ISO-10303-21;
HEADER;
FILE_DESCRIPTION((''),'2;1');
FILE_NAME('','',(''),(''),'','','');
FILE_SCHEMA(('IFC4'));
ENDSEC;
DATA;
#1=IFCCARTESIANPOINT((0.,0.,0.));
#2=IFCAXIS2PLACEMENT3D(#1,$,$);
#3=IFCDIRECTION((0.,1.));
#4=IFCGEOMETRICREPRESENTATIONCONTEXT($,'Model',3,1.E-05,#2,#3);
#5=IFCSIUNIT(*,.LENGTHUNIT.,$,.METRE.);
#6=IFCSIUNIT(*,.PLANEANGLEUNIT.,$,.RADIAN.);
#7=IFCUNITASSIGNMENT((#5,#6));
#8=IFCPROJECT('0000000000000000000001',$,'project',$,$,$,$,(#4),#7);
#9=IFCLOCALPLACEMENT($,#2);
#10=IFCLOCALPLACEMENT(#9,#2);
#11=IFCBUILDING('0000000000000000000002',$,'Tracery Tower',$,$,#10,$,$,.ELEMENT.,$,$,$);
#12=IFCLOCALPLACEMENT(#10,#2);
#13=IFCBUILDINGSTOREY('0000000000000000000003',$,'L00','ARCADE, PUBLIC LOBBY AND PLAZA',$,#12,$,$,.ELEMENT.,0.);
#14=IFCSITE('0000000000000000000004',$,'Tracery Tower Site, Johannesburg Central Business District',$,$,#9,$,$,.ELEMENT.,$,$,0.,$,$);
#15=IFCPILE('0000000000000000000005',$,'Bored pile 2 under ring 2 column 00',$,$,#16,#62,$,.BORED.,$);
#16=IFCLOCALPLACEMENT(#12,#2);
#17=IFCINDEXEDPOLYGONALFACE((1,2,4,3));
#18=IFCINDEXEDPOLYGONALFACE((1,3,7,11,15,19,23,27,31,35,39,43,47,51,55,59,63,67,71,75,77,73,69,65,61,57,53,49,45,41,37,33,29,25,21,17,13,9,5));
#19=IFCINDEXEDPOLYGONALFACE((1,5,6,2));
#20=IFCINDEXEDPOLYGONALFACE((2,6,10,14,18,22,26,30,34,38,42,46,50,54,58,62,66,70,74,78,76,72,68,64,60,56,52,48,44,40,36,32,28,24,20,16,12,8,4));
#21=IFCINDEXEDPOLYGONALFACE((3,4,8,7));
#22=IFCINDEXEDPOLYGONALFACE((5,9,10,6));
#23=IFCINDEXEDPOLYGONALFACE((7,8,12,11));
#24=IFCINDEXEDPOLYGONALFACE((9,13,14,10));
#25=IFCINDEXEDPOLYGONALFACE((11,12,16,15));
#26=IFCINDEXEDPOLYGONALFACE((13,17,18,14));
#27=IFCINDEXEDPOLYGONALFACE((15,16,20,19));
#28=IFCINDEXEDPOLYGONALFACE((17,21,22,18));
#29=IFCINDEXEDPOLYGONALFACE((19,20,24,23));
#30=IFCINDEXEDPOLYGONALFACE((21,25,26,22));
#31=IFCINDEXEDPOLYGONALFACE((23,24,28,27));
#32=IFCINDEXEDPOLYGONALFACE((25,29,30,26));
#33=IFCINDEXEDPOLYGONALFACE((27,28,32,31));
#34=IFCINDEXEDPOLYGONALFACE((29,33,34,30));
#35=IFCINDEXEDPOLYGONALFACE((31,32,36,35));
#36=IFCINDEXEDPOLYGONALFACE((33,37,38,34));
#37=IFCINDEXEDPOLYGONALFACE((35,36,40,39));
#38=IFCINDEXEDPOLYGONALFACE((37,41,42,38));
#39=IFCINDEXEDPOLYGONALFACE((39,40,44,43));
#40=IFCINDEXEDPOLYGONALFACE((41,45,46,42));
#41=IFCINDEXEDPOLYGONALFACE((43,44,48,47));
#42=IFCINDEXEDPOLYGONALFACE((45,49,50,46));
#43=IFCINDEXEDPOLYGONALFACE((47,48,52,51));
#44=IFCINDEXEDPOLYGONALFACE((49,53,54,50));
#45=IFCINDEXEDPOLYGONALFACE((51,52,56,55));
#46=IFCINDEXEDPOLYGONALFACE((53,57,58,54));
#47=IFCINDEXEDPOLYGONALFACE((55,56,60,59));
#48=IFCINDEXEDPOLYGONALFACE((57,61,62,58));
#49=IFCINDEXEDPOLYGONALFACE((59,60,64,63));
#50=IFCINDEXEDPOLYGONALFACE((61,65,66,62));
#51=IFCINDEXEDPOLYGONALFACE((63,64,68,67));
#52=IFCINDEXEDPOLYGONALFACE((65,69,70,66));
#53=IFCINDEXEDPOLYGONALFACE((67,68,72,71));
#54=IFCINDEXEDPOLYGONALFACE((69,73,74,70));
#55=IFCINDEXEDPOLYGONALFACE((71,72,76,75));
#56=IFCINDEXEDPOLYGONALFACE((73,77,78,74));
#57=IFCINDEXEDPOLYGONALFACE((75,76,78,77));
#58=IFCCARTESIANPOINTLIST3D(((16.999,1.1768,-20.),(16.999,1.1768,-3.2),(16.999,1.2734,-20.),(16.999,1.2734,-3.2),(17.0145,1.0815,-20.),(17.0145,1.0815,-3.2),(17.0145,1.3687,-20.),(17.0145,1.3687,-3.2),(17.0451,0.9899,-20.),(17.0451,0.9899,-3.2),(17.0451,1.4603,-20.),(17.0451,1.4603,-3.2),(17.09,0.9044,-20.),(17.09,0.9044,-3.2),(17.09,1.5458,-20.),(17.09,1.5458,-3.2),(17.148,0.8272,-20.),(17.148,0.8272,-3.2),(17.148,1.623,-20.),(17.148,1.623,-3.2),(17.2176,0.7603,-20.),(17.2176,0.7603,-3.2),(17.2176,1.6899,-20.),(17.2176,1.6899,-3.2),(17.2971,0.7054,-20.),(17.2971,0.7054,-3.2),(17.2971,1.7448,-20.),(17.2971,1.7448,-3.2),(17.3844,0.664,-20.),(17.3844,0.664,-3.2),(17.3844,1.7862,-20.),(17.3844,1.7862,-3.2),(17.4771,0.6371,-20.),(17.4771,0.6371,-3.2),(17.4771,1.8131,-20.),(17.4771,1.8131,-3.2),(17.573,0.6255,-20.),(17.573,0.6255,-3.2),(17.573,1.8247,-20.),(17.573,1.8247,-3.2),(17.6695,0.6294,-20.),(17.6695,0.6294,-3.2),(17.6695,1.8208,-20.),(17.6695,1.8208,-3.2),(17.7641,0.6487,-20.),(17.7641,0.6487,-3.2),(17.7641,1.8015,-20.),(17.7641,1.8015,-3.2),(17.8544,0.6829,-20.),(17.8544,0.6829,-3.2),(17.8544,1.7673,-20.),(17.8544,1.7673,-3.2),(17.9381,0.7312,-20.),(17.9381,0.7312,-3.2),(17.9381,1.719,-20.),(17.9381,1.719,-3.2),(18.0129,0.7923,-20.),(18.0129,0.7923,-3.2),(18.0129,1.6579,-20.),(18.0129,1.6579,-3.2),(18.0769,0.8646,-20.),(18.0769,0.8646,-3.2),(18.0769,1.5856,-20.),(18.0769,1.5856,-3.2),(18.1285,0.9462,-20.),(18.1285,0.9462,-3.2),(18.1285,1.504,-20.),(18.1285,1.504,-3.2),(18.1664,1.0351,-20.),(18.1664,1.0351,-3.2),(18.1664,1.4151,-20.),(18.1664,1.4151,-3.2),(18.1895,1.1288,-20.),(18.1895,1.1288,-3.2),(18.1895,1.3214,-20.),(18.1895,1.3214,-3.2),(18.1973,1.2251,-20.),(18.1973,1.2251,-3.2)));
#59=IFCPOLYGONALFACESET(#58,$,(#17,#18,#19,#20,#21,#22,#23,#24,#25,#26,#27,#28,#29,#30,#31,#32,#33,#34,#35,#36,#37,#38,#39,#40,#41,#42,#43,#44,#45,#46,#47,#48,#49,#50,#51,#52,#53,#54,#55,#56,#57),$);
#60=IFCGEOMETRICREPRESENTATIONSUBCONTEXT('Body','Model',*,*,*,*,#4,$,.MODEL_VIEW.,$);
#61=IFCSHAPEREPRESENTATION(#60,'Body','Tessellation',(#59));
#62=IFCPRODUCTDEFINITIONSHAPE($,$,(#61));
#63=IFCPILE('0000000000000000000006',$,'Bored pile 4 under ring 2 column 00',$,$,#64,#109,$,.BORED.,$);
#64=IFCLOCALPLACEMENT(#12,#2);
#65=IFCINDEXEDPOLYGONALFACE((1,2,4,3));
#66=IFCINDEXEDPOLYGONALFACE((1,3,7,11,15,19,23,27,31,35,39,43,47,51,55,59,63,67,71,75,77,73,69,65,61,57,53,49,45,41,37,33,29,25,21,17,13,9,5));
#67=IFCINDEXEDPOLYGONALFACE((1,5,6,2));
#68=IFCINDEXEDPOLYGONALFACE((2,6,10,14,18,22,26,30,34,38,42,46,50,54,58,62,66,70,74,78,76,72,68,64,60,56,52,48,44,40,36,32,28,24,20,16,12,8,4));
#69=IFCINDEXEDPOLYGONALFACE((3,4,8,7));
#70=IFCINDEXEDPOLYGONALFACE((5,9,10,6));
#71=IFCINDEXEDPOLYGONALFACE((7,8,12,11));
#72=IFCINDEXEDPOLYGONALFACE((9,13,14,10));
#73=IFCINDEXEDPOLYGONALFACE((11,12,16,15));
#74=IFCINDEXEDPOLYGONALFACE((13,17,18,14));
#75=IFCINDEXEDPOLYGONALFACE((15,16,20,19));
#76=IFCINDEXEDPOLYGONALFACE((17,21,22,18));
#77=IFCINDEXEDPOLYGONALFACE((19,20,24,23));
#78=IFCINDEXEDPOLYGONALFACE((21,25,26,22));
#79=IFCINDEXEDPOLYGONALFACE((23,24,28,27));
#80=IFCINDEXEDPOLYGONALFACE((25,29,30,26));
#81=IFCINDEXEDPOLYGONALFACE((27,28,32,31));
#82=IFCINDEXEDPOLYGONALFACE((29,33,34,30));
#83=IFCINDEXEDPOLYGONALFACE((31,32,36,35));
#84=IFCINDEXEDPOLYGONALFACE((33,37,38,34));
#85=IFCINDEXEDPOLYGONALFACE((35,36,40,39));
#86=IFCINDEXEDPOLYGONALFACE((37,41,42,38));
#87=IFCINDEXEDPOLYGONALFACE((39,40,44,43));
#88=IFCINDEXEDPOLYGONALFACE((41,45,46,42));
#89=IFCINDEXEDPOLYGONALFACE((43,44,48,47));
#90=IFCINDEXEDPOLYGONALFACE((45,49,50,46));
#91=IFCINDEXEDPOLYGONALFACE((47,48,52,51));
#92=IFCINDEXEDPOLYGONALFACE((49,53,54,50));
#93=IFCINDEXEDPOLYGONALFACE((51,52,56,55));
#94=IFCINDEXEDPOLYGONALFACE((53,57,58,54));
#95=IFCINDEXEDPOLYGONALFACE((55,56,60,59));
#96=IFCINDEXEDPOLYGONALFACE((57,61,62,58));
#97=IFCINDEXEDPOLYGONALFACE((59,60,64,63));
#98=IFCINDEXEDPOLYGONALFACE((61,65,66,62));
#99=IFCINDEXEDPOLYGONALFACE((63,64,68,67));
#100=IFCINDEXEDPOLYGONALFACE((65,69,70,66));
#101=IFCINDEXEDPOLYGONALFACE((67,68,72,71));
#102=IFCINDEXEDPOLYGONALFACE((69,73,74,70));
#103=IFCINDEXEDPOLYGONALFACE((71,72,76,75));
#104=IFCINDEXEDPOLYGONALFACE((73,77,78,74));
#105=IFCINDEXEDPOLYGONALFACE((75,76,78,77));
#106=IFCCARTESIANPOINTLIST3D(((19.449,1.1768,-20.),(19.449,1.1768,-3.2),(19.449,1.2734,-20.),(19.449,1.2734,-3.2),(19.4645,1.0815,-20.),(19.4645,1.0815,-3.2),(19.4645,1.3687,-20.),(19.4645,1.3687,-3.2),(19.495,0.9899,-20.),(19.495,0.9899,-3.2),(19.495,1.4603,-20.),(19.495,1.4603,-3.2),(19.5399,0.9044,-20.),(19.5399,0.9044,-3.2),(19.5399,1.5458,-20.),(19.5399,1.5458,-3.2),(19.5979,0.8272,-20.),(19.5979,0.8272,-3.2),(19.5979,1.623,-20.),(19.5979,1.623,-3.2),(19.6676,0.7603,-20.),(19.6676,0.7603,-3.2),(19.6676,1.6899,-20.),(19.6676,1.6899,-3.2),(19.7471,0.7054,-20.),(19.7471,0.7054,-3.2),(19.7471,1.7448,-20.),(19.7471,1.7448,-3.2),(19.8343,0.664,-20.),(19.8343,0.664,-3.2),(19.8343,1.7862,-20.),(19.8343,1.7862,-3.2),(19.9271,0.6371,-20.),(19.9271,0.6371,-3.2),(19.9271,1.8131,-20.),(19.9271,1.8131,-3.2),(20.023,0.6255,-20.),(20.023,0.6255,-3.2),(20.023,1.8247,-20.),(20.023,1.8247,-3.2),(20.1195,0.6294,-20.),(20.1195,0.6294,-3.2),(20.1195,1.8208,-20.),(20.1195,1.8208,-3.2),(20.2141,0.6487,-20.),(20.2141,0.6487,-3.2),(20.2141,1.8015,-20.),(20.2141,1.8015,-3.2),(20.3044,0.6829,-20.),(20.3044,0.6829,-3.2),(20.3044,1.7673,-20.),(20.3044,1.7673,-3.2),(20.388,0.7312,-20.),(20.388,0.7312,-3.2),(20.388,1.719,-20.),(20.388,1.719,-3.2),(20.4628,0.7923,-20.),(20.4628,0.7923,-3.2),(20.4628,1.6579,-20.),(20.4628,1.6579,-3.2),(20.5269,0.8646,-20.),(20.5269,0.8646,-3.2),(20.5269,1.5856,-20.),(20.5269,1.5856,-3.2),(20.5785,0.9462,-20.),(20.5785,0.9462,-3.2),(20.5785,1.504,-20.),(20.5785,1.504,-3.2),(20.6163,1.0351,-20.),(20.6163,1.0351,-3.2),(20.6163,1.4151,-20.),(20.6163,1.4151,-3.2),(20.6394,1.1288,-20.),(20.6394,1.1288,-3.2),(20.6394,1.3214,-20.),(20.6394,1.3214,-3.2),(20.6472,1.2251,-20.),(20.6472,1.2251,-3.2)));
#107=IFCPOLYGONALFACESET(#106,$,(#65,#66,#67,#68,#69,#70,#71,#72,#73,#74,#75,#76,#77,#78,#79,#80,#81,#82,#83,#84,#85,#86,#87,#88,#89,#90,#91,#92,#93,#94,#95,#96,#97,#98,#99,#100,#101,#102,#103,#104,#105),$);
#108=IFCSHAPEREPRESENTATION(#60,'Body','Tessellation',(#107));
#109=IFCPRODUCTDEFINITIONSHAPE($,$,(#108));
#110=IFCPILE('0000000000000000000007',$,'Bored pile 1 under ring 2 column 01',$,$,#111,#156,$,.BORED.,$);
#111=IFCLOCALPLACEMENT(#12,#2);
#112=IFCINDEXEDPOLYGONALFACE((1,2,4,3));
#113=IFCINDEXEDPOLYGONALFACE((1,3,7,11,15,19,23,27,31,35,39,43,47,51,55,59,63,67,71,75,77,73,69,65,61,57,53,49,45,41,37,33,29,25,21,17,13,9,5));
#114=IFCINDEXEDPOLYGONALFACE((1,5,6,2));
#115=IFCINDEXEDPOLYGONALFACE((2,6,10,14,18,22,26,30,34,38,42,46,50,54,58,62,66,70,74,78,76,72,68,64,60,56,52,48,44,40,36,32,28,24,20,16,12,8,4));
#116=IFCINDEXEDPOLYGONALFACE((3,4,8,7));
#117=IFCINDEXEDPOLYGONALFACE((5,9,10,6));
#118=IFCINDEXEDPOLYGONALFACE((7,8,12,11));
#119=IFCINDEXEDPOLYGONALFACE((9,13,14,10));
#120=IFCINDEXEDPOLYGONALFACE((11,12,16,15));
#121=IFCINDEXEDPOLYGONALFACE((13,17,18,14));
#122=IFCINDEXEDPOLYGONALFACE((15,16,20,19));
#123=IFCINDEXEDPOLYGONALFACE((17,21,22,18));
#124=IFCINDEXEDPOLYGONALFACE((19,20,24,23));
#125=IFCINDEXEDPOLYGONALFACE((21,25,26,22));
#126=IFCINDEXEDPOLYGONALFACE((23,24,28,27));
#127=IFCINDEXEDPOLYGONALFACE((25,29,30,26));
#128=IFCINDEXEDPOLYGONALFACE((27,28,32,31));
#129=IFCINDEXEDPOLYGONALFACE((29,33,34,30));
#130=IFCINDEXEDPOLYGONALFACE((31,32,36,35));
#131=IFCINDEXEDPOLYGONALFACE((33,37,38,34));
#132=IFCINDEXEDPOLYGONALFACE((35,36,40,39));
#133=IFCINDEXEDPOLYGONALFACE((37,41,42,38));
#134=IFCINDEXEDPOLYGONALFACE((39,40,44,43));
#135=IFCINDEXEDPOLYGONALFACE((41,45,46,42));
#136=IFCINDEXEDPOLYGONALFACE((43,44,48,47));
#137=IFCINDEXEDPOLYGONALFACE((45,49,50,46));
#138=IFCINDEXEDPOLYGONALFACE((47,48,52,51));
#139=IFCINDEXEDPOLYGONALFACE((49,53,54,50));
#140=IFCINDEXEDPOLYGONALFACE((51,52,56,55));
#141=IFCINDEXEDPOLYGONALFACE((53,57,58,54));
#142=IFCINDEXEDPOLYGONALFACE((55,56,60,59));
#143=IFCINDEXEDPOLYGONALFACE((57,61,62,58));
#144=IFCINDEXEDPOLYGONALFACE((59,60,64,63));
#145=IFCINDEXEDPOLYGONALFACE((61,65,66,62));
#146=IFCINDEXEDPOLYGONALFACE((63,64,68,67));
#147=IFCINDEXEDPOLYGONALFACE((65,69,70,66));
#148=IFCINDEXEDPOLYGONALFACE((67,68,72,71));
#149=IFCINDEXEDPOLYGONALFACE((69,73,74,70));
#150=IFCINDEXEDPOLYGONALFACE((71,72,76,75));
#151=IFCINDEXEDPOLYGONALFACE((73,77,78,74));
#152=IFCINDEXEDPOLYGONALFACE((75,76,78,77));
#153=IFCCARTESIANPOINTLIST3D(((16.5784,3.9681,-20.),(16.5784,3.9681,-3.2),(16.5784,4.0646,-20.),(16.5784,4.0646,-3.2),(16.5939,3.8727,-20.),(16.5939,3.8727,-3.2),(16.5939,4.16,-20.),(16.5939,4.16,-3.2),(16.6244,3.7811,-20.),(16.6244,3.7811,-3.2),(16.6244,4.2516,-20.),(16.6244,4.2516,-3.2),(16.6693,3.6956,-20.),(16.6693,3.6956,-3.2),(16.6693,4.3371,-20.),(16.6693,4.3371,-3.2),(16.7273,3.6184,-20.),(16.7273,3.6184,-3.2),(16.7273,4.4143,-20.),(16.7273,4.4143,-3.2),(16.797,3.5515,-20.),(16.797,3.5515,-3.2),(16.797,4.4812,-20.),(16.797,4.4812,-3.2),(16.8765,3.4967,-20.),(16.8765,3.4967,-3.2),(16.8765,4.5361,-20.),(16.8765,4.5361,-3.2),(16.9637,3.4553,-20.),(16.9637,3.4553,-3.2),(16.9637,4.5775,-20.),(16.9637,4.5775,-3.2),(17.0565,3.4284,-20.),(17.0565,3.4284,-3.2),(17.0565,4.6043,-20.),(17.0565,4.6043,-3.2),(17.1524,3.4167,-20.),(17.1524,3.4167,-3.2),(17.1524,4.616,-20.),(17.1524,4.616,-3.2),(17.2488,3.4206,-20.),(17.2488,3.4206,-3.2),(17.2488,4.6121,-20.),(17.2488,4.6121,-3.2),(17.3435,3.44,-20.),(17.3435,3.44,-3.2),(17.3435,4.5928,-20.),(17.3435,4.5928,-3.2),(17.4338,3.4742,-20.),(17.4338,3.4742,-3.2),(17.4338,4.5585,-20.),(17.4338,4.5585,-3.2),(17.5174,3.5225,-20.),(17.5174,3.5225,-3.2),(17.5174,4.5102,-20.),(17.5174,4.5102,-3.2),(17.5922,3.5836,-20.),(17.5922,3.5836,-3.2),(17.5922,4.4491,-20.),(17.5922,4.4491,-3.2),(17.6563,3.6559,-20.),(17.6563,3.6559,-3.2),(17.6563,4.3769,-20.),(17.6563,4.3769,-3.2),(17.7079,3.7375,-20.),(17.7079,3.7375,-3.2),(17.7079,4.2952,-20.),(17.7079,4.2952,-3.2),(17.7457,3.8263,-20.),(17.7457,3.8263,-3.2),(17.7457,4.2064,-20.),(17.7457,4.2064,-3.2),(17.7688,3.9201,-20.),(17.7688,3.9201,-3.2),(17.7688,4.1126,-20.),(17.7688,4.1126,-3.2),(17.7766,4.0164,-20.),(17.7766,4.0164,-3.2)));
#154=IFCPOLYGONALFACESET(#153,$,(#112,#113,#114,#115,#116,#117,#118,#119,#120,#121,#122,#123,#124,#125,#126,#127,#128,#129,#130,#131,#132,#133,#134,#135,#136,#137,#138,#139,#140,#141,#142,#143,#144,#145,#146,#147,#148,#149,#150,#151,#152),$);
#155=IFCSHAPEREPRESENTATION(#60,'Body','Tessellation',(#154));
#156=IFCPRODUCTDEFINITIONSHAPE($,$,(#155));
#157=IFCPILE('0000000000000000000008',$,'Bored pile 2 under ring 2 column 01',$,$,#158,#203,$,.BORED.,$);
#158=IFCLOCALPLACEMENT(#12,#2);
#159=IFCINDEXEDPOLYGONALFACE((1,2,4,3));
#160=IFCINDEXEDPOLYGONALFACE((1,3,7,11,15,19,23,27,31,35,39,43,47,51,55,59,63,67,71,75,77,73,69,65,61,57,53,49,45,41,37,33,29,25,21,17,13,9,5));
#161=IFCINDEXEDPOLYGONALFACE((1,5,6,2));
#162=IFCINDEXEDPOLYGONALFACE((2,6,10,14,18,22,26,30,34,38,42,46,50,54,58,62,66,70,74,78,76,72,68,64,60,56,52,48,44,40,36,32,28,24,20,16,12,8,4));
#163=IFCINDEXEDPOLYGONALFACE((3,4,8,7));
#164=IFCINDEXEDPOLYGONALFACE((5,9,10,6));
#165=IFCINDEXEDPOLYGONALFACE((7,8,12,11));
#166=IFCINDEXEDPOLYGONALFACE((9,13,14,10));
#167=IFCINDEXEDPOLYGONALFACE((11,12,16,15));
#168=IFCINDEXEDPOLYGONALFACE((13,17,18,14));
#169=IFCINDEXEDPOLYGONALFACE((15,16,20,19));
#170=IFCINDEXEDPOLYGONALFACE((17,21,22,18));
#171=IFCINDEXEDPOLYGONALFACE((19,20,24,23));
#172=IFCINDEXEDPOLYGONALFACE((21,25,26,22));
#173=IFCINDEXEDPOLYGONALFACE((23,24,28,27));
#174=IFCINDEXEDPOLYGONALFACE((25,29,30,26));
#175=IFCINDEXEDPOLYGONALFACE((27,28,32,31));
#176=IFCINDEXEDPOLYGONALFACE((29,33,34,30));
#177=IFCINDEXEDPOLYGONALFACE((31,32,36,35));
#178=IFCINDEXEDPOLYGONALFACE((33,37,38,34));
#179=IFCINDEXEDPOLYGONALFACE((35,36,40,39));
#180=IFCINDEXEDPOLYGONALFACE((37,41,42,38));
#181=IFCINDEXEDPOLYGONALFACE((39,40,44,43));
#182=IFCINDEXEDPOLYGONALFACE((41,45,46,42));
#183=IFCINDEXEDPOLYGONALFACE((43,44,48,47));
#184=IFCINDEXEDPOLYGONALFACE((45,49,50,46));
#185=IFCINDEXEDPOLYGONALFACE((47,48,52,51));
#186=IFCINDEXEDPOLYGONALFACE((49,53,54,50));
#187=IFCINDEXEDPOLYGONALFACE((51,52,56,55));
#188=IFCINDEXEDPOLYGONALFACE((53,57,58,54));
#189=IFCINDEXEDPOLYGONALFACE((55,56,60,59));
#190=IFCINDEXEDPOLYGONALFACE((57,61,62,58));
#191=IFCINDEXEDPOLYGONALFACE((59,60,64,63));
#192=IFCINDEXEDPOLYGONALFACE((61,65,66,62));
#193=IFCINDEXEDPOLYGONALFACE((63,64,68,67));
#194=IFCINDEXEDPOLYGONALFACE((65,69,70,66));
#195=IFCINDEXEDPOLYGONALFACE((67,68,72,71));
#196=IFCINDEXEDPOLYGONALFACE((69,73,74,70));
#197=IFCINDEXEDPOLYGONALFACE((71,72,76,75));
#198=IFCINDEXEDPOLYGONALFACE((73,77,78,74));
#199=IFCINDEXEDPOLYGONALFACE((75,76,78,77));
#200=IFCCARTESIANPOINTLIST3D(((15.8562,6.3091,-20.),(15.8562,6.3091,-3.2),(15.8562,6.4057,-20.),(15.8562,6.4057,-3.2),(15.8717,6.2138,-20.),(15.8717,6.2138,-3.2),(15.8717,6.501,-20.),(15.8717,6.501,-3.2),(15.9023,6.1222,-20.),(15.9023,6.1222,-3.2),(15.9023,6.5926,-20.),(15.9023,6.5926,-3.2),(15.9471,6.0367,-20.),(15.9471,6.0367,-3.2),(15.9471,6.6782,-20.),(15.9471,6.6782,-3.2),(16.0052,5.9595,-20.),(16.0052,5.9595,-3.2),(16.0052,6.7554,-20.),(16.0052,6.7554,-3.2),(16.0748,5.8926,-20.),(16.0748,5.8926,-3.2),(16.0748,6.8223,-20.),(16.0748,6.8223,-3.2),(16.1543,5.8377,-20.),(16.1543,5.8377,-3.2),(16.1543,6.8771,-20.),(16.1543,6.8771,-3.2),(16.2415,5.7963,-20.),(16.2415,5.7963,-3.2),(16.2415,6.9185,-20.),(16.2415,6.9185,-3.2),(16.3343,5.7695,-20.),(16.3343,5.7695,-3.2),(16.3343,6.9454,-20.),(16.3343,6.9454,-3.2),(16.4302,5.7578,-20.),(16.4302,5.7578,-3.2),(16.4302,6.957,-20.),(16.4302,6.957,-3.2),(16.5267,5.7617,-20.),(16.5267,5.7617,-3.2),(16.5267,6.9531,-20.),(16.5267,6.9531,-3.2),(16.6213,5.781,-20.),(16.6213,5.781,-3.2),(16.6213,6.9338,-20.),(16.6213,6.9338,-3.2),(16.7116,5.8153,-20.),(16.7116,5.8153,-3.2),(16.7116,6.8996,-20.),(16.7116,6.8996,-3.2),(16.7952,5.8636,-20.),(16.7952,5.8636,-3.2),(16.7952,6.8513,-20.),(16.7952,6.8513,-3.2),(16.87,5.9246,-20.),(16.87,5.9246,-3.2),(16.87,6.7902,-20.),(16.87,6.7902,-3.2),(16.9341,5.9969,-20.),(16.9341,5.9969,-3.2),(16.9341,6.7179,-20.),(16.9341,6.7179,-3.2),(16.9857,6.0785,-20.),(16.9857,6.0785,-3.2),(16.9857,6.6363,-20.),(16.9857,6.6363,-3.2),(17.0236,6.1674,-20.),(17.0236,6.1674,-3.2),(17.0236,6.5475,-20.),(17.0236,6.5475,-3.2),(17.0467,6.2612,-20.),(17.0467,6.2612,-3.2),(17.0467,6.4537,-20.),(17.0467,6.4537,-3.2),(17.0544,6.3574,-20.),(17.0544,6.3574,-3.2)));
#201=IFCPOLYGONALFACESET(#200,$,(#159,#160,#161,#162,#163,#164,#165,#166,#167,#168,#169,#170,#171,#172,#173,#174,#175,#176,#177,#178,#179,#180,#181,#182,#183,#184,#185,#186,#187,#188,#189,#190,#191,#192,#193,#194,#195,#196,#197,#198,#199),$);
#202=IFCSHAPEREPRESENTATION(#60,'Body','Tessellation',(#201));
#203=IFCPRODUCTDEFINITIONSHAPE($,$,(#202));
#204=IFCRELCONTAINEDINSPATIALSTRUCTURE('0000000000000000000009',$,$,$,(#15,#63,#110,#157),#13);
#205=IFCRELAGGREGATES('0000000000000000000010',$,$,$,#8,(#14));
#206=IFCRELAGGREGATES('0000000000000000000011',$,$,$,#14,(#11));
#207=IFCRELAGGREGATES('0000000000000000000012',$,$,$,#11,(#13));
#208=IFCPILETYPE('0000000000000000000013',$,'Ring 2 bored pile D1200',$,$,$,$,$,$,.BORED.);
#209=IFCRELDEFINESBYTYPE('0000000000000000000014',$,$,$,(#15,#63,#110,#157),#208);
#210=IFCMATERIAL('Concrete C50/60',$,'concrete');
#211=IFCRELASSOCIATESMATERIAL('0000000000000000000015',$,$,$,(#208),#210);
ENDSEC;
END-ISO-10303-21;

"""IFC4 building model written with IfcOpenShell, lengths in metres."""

from ifc_helpers import new_model, si_unit, direction, frame, origin, origin_2d, place, context, subcontext, project, spatial, circle, extrude, material, material_profile, profile_set, type_object, element, save


model = new_model("IFC4")

# Units and contexts
model_context = context("Model", 3, precision=1e-05, world=origin(), true_north=direction((0.0, 1.0)))
body_context = subcontext(model_context, "Body", "Model", "MODEL_VIEW")
ifc_project = project(units=[si_unit("LENGTHUNIT", "METRE"), si_unit("PLANEANGLEUNIT", "RADIAN")], contexts=[model_context])

# Site, building, storey
site_placement = place(None, origin())
site = spatial("IfcSite", under=ifc_project, at=site_placement, Name="Tracery Tower Site, Johannesburg Central Business District", CompositionType="ELEMENT", RefElevation=0.0)
building_placement = place(site_placement, origin())
building = spatial("IfcBuilding", under=site, at=building_placement, Name="Tracery Tower", CompositionType="ELEMENT")
storey_placement = place(building_placement, origin())
storey = spatial("IfcBuildingStorey", under=building, at=storey_placement, Name="L00", Description="ARCADE, PUBLIC LOBBY AND PLAZA", CompositionType="ELEMENT", Elevation=0.0)

# Piles
ifc_material_1 = material(Name="Concrete C50/60", Category="concrete")
ifc_material_profile_1 = material_profile(ifc_material_1, circle(Radius=0.6001, at=origin_2d()), Name="RC D1200")
ifc_profile_set_1 = profile_set([ifc_material_profile_1], Name="Concrete C50/60")
pile_type = type_object("IfcPileType", Name="Ring 2 bored pile D1200", PredefinedType="BORED", material=ifc_profile_set_1)
for number, where, z_axis, x_axis, name in (
    (1, (17.5972, 1.2251, -3.2), (0.0, 0.0, -1.0), (1.0, 0.0, 0.0), "Bored pile 2 under ring 2 column 00"),
    (2, (20.0471, 1.2251, -3.2), (0.0, 0.0, -1.0), (1.0, 0.0, 0.0), "Bored pile 4 under ring 2 column 00"),
    (3, (17.1765, 4.0164, -3.2), (0.0, 0.0, -1.0), (1.0, 0.0, 0.0), "Bored pile 1 under ring 2 column 01"),
    (4, (16.4543, 6.3574, -3.2), (0.0, 0.0, -1.0), (1.0, 0.0, 0.0), "Bored pile 2 under ring 2 column 01"),
):
    element("IfcPile", number, at=place(storey_placement, frame(where, z_axis=z_axis, x_axis=x_axis)), inside=storey, type_object=pile_type, Name=name, PredefinedType="BORED", context=body_context, shape_type="SweptSolid", body=[
        extrude(circle(Radius=0.6001, at=origin_2d()), origin(), (0.0, 0.0, 1.0), 16.8),
    ])

save(model, "model.ifc")
